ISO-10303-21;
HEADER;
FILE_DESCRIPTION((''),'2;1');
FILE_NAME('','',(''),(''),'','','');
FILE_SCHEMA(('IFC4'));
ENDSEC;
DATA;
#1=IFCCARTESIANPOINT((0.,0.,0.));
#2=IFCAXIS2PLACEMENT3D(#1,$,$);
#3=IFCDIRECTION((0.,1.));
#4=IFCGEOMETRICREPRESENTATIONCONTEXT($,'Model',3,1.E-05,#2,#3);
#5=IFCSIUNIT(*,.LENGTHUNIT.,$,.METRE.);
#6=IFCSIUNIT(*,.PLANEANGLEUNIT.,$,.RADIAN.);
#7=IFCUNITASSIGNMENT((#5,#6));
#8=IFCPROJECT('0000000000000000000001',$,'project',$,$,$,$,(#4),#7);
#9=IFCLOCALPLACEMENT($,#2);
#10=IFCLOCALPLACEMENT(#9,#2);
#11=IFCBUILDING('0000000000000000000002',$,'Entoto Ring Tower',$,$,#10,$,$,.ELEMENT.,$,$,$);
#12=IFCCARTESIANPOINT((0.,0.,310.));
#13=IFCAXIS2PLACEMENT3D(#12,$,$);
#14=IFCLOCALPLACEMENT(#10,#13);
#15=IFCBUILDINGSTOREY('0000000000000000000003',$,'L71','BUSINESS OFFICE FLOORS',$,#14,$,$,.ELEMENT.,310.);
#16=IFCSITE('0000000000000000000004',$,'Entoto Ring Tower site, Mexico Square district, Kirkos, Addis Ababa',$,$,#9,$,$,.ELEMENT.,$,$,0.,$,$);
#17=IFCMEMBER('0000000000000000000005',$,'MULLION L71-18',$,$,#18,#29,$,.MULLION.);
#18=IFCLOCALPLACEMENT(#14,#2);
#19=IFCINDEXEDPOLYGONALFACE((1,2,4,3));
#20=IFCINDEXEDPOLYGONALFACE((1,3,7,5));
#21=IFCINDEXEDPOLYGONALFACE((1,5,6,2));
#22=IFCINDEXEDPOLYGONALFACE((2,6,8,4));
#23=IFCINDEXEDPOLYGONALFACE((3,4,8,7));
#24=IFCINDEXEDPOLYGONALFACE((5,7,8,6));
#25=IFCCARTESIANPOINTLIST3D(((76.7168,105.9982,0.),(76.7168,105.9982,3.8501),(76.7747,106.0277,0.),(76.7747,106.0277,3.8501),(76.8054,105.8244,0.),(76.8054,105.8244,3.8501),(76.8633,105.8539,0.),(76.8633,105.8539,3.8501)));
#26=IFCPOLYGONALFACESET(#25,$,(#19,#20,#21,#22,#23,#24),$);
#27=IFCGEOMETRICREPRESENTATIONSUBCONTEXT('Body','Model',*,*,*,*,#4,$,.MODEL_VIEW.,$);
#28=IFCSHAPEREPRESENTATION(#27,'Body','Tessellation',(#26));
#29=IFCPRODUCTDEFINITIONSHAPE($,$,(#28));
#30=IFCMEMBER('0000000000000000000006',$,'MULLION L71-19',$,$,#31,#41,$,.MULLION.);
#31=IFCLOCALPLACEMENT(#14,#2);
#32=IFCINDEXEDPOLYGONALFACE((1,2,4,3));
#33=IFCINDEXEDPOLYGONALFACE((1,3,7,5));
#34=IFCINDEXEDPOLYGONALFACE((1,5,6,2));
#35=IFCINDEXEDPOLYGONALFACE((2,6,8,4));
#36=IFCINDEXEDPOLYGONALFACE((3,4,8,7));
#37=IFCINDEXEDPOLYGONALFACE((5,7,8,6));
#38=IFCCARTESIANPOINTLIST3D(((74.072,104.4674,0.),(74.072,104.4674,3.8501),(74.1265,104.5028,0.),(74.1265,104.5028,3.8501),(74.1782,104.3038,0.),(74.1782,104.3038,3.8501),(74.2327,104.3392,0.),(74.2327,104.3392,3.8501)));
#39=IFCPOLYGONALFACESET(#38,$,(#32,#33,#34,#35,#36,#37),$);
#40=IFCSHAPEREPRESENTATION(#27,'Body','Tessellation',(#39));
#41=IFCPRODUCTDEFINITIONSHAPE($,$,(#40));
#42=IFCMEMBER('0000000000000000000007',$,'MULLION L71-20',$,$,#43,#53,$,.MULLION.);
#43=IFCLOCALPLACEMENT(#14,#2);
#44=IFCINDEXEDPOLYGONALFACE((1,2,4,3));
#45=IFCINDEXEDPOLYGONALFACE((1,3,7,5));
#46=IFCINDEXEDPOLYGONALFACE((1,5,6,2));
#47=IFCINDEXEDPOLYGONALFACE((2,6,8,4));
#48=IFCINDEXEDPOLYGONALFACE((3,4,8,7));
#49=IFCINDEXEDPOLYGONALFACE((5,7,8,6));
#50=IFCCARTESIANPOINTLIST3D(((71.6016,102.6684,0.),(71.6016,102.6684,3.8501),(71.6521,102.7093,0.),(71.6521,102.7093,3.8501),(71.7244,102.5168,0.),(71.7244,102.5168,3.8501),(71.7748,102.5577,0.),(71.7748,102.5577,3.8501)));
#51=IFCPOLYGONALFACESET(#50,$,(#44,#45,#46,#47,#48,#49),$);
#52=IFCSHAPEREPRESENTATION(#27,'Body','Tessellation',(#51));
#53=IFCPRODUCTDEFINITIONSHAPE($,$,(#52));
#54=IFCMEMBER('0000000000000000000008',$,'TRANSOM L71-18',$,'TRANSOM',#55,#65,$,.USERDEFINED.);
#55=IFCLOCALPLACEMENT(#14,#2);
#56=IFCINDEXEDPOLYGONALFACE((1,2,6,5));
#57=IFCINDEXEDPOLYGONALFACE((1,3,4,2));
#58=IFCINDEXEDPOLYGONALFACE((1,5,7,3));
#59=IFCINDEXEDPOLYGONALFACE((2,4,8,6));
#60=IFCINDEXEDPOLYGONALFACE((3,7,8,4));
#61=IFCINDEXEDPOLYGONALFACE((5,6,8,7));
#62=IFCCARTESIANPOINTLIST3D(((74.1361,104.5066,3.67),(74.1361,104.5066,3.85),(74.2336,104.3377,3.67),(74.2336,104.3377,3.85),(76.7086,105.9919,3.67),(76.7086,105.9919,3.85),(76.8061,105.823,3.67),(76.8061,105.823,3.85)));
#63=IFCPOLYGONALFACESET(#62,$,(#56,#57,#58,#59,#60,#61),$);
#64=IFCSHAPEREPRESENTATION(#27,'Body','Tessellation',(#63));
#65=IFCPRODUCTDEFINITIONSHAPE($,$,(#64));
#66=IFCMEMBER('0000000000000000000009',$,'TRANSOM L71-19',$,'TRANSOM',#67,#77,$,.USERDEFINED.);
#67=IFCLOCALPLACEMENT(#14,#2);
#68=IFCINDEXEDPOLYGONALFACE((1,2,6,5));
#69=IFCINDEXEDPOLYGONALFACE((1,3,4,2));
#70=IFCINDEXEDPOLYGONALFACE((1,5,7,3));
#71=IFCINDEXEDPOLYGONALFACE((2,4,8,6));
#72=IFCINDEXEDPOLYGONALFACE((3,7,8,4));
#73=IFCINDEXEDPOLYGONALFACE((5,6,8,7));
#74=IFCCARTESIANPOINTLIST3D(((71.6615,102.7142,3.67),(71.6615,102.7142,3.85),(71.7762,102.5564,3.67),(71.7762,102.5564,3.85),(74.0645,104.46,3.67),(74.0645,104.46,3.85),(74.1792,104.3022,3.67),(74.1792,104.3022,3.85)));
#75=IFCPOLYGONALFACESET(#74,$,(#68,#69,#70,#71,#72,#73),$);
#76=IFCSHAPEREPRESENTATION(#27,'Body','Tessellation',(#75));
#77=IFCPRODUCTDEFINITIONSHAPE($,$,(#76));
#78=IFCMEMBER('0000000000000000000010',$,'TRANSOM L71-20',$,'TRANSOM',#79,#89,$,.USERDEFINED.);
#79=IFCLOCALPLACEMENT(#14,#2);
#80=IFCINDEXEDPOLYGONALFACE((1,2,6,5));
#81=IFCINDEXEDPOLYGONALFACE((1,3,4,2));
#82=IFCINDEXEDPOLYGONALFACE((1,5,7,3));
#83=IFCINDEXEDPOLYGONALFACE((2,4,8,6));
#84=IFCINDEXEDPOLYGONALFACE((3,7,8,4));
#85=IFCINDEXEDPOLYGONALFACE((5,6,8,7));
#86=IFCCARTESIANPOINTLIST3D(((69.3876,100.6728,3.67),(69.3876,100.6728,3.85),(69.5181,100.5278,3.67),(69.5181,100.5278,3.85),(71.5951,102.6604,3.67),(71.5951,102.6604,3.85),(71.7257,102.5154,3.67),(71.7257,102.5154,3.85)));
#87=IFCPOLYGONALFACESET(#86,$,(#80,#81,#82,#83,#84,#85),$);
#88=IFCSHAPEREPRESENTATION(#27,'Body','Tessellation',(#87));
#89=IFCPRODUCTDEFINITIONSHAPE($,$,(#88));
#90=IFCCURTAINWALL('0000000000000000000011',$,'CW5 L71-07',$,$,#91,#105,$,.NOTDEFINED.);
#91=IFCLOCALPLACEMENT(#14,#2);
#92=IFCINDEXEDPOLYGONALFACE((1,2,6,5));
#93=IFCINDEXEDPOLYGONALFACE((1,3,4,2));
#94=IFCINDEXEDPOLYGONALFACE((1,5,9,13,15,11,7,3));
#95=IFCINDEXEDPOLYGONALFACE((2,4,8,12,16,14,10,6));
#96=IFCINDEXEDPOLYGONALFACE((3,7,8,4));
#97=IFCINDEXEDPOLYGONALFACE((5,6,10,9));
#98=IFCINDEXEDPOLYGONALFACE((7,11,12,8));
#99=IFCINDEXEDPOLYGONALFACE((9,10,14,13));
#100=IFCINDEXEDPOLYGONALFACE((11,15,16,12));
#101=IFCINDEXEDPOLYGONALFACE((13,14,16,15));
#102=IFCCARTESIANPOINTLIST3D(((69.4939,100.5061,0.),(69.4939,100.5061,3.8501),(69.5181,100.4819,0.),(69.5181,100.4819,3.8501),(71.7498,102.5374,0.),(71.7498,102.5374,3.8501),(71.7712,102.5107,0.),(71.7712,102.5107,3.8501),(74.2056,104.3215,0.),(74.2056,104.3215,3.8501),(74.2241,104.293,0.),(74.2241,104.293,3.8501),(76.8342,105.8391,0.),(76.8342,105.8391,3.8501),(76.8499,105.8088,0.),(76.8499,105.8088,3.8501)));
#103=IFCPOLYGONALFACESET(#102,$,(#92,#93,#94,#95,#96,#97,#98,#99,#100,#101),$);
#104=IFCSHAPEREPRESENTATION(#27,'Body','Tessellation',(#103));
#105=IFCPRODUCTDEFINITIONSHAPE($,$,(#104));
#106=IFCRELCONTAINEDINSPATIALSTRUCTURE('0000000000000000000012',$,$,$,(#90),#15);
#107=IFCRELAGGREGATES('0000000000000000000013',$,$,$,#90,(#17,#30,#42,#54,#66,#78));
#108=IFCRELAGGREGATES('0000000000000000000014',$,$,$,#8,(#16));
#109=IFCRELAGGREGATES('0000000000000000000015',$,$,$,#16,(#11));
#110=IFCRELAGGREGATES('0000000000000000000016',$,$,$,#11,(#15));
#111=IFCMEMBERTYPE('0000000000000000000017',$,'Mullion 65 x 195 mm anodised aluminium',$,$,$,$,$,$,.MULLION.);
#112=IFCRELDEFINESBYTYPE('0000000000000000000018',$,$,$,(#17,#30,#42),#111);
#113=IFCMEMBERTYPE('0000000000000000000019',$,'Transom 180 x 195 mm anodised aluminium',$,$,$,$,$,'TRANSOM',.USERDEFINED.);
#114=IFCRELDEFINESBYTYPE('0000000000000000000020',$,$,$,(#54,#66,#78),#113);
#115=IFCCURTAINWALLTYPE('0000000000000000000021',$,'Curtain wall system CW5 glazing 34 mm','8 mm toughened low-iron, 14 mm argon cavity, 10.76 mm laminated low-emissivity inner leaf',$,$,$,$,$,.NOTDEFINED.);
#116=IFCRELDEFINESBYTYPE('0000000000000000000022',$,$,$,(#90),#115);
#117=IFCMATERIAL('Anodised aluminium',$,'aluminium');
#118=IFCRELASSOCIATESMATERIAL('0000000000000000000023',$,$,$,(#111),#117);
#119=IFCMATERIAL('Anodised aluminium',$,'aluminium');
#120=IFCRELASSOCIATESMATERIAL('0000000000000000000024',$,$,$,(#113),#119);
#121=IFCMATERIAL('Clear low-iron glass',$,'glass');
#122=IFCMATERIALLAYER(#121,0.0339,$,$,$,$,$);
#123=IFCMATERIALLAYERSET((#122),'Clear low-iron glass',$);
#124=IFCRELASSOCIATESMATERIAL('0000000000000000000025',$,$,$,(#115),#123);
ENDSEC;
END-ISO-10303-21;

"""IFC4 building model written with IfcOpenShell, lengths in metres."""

from ifc_helpers import new_model, si_unit, direction, frame, origin, origin_2d, place, context, subcontext, project, spatial, polyline, rectangle, outline, extrude, material, layer, layer_set, material_profile, profile_set, type_object, element, aggregate, save


model = new_model("IFC4")

# Units and contexts
model_context = context("Model", 3, precision=1e-05, world=origin(), true_north=direction((0.0, 1.0)))
body_context = subcontext(model_context, "Body", "Model", "MODEL_VIEW")
ifc_project = project(units=[si_unit("LENGTHUNIT", "METRE"), si_unit("PLANEANGLEUNIT", "RADIAN")], contexts=[model_context])

# Members
ifc_material_1 = material(Name="Anodised aluminium", Category="aluminium")
ifc_material_profile_1 = material_profile(ifc_material_1, rectangle(XDim=0.0649, YDim=0.1951, at=origin_2d()), Name="Mullion 65 x 195 mm anodised aluminium")
ifc_profile_set_1 = profile_set([ifc_material_profile_1], Name="Anodised aluminium")
member_type_1 = type_object("IfcMemberType", Name="Mullion 65 x 195 mm anodised aluminium", PredefinedType="MULLION", material=ifc_profile_set_1)
site_placement = place(None, origin())
building_placement = place(site_placement, origin())
storey_placement = place(building_placement, frame((0.0, 0.0, 310.0)))
member_1_placement = place(storey_placement, frame((76.79, 105.926, 0.0), z_axis=(0.0, 0.0, 1.0), x_axis=(-0.891007, -0.45399, 0.0)))
member_1 = element("IfcMember", 1, at=member_1_placement, type_object=member_type_1, Name="MULLION L71-18", PredefinedType="MULLION", context=body_context, shape_type="SweptSolid", body=[
    extrude(rectangle(XDim=0.0649, YDim=0.1951, at=origin_2d()), origin(), (0.0, 0.0, 1.0), 3.8501),
])
member_2_placement = place(storey_placement, frame((74.1523, 104.4033, 0.0), z_axis=(0.0, 0.0, 1.0), x_axis=(-0.838671, -0.544639, 0.0)))
member_2 = element("IfcMember", 2, at=member_2_placement, type_object=member_type_1, Name="MULLION L71-19", PredefinedType="MULLION", context=body_context, shape_type="SweptSolid", body=[
    extrude(rectangle(XDim=0.0649, YDim=0.1951, at=origin_2d()), origin(), (0.0, 0.0, 1.0), 3.8501),
])
member_3_placement = place(storey_placement, frame((71.6882, 102.613, 0.0), z_axis=(0.0, 0.0, 1.0), x_axis=(-0.777146, -0.62932, 0.0)))
member_3 = element("IfcMember", 3, at=member_3_placement, type_object=member_type_1, Name="MULLION L71-20", PredefinedType="MULLION", context=body_context, shape_type="SweptSolid", body=[
    extrude(rectangle(XDim=0.0649, YDim=0.1951, at=origin_2d()), origin(), (0.0, 0.0, 1.0), 3.8501),
])
ifc_material_2 = material(Name="Anodised aluminium", Category="aluminium")
ifc_material_profile_2 = material_profile(ifc_material_2, rectangle(XDim=0.1951, YDim=0.1799, at=origin_2d()), Name="Transom 180 x 195 mm anodised aluminium")
ifc_profile_set_2 = profile_set([ifc_material_profile_2], Name="Anodised aluminium")
member_type_2 = type_object("IfcMemberType", Name="Transom 180 x 195 mm anodised aluminium", ElementType="TRANSOM", PredefinedType="USERDEFINED", material=ifc_profile_set_2)
member_4_placement = place(storey_placement, frame((76.7573, 105.9075, 3.76), z_axis=(-0.866009, -0.500028, 0.0), x_axis=(0.500028, -0.866009, 0.0)))
member_4 = element("IfcMember", 4, at=member_4_placement, type_object=member_type_2, Name="TRANSOM L71-18", ObjectType="TRANSOM", PredefinedType="USERDEFINED", context=body_context, shape_type="SweptSolid", body=[
    extrude(rectangle(XDim=0.1951, YDim=0.1799, at=origin_2d()), origin(), (0.0, 0.0, 1.0), 2.9705),
])
member_5_placement = place(storey_placement, frame((74.1218, 104.3811, 3.76), z_axis=(-0.809031, -0.587766, 0.0), x_axis=(0.587766, -0.809031, 0.0)))
member_5 = element("IfcMember", 5, at=member_5_placement, type_object=member_type_2, Name="TRANSOM L71-19", ObjectType="TRANSOM", PredefinedType="USERDEFINED", context=body_context, shape_type="SweptSolid", body=[
    extrude(rectangle(XDim=0.1951, YDim=0.1799, at=origin_2d()), origin(), (0.0, 0.0, 1.0), 2.9702),
])
member_6_placement = place(storey_placement, frame((71.6604, 102.5879, 3.76), z_axis=(-0.743163, -0.66911, 0.0), x_axis=(0.66911, -0.743163, 0.0)))
member_6 = element("IfcMember", 6, at=member_6_placement, type_object=member_type_2, Name="TRANSOM L71-20", ObjectType="TRANSOM", PredefinedType="USERDEFINED", context=body_context, shape_type="SweptSolid", body=[
    extrude(rectangle(XDim=0.1951, YDim=0.1799, at=origin_2d()), origin(), (0.0, 0.0, 1.0), 2.9705),
])

# Site, building, storey
site = spatial("IfcSite", under=ifc_project, at=site_placement, Name="Entoto Ring Tower site, Mexico Square district, Kirkos, Addis Ababa", CompositionType="ELEMENT", RefElevation=0.0)
building = spatial("IfcBuilding", under=site, at=building_placement, Name="Entoto Ring Tower", CompositionType="ELEMENT")
storey = spatial("IfcBuildingStorey", under=building, at=storey_placement, Name="L71", Description="BUSINESS OFFICE FLOORS", CompositionType="ELEMENT", Elevation=310.0)

# Curtain wall
ifc_material_3 = material(Name="Clear low-iron glass", Category="glass")
ifc_layer = layer(ifc_material_3, 0.0339)
ifc_layer_set = layer_set([ifc_layer], Name="Clear low-iron glass")
curtain_wall_type = type_object("IfcCurtainWallType", Name="Curtain wall system CW5 glazing 34 mm", Description="8 mm toughened low-iron, 14 mm argon cavity, 10.76 mm laminated low-emissivity inner leaf", PredefinedType="NOTDEFINED", material=ifc_layer_set)
curtain_wall_1_placement = place(storey_placement, origin())
curtain_wall_1 = element("IfcCurtainWall", 7, at=curtain_wall_1_placement, inside=storey, type_object=curtain_wall_type, Name="CW5 L71-07", PredefinedType="NOTDEFINED", context=body_context, shape_type="SweptSolid", body=[
    extrude(outline(polyline([(76.8342, 105.8391), (74.2056, 104.3215), (71.7498, 102.5374), (69.4939, 100.5061), (69.5181, 100.4819), (71.7712, 102.5107), (74.2241, 104.293), (76.8499, 105.8088), (76.8342, 105.8391)])), origin(), (0.0, 0.0, 1.0), 3.8501),
])
aggregate(curtain_wall_1, [member_1, member_2, member_3, member_4, member_5, member_6])

save(model, "model.ifc")
